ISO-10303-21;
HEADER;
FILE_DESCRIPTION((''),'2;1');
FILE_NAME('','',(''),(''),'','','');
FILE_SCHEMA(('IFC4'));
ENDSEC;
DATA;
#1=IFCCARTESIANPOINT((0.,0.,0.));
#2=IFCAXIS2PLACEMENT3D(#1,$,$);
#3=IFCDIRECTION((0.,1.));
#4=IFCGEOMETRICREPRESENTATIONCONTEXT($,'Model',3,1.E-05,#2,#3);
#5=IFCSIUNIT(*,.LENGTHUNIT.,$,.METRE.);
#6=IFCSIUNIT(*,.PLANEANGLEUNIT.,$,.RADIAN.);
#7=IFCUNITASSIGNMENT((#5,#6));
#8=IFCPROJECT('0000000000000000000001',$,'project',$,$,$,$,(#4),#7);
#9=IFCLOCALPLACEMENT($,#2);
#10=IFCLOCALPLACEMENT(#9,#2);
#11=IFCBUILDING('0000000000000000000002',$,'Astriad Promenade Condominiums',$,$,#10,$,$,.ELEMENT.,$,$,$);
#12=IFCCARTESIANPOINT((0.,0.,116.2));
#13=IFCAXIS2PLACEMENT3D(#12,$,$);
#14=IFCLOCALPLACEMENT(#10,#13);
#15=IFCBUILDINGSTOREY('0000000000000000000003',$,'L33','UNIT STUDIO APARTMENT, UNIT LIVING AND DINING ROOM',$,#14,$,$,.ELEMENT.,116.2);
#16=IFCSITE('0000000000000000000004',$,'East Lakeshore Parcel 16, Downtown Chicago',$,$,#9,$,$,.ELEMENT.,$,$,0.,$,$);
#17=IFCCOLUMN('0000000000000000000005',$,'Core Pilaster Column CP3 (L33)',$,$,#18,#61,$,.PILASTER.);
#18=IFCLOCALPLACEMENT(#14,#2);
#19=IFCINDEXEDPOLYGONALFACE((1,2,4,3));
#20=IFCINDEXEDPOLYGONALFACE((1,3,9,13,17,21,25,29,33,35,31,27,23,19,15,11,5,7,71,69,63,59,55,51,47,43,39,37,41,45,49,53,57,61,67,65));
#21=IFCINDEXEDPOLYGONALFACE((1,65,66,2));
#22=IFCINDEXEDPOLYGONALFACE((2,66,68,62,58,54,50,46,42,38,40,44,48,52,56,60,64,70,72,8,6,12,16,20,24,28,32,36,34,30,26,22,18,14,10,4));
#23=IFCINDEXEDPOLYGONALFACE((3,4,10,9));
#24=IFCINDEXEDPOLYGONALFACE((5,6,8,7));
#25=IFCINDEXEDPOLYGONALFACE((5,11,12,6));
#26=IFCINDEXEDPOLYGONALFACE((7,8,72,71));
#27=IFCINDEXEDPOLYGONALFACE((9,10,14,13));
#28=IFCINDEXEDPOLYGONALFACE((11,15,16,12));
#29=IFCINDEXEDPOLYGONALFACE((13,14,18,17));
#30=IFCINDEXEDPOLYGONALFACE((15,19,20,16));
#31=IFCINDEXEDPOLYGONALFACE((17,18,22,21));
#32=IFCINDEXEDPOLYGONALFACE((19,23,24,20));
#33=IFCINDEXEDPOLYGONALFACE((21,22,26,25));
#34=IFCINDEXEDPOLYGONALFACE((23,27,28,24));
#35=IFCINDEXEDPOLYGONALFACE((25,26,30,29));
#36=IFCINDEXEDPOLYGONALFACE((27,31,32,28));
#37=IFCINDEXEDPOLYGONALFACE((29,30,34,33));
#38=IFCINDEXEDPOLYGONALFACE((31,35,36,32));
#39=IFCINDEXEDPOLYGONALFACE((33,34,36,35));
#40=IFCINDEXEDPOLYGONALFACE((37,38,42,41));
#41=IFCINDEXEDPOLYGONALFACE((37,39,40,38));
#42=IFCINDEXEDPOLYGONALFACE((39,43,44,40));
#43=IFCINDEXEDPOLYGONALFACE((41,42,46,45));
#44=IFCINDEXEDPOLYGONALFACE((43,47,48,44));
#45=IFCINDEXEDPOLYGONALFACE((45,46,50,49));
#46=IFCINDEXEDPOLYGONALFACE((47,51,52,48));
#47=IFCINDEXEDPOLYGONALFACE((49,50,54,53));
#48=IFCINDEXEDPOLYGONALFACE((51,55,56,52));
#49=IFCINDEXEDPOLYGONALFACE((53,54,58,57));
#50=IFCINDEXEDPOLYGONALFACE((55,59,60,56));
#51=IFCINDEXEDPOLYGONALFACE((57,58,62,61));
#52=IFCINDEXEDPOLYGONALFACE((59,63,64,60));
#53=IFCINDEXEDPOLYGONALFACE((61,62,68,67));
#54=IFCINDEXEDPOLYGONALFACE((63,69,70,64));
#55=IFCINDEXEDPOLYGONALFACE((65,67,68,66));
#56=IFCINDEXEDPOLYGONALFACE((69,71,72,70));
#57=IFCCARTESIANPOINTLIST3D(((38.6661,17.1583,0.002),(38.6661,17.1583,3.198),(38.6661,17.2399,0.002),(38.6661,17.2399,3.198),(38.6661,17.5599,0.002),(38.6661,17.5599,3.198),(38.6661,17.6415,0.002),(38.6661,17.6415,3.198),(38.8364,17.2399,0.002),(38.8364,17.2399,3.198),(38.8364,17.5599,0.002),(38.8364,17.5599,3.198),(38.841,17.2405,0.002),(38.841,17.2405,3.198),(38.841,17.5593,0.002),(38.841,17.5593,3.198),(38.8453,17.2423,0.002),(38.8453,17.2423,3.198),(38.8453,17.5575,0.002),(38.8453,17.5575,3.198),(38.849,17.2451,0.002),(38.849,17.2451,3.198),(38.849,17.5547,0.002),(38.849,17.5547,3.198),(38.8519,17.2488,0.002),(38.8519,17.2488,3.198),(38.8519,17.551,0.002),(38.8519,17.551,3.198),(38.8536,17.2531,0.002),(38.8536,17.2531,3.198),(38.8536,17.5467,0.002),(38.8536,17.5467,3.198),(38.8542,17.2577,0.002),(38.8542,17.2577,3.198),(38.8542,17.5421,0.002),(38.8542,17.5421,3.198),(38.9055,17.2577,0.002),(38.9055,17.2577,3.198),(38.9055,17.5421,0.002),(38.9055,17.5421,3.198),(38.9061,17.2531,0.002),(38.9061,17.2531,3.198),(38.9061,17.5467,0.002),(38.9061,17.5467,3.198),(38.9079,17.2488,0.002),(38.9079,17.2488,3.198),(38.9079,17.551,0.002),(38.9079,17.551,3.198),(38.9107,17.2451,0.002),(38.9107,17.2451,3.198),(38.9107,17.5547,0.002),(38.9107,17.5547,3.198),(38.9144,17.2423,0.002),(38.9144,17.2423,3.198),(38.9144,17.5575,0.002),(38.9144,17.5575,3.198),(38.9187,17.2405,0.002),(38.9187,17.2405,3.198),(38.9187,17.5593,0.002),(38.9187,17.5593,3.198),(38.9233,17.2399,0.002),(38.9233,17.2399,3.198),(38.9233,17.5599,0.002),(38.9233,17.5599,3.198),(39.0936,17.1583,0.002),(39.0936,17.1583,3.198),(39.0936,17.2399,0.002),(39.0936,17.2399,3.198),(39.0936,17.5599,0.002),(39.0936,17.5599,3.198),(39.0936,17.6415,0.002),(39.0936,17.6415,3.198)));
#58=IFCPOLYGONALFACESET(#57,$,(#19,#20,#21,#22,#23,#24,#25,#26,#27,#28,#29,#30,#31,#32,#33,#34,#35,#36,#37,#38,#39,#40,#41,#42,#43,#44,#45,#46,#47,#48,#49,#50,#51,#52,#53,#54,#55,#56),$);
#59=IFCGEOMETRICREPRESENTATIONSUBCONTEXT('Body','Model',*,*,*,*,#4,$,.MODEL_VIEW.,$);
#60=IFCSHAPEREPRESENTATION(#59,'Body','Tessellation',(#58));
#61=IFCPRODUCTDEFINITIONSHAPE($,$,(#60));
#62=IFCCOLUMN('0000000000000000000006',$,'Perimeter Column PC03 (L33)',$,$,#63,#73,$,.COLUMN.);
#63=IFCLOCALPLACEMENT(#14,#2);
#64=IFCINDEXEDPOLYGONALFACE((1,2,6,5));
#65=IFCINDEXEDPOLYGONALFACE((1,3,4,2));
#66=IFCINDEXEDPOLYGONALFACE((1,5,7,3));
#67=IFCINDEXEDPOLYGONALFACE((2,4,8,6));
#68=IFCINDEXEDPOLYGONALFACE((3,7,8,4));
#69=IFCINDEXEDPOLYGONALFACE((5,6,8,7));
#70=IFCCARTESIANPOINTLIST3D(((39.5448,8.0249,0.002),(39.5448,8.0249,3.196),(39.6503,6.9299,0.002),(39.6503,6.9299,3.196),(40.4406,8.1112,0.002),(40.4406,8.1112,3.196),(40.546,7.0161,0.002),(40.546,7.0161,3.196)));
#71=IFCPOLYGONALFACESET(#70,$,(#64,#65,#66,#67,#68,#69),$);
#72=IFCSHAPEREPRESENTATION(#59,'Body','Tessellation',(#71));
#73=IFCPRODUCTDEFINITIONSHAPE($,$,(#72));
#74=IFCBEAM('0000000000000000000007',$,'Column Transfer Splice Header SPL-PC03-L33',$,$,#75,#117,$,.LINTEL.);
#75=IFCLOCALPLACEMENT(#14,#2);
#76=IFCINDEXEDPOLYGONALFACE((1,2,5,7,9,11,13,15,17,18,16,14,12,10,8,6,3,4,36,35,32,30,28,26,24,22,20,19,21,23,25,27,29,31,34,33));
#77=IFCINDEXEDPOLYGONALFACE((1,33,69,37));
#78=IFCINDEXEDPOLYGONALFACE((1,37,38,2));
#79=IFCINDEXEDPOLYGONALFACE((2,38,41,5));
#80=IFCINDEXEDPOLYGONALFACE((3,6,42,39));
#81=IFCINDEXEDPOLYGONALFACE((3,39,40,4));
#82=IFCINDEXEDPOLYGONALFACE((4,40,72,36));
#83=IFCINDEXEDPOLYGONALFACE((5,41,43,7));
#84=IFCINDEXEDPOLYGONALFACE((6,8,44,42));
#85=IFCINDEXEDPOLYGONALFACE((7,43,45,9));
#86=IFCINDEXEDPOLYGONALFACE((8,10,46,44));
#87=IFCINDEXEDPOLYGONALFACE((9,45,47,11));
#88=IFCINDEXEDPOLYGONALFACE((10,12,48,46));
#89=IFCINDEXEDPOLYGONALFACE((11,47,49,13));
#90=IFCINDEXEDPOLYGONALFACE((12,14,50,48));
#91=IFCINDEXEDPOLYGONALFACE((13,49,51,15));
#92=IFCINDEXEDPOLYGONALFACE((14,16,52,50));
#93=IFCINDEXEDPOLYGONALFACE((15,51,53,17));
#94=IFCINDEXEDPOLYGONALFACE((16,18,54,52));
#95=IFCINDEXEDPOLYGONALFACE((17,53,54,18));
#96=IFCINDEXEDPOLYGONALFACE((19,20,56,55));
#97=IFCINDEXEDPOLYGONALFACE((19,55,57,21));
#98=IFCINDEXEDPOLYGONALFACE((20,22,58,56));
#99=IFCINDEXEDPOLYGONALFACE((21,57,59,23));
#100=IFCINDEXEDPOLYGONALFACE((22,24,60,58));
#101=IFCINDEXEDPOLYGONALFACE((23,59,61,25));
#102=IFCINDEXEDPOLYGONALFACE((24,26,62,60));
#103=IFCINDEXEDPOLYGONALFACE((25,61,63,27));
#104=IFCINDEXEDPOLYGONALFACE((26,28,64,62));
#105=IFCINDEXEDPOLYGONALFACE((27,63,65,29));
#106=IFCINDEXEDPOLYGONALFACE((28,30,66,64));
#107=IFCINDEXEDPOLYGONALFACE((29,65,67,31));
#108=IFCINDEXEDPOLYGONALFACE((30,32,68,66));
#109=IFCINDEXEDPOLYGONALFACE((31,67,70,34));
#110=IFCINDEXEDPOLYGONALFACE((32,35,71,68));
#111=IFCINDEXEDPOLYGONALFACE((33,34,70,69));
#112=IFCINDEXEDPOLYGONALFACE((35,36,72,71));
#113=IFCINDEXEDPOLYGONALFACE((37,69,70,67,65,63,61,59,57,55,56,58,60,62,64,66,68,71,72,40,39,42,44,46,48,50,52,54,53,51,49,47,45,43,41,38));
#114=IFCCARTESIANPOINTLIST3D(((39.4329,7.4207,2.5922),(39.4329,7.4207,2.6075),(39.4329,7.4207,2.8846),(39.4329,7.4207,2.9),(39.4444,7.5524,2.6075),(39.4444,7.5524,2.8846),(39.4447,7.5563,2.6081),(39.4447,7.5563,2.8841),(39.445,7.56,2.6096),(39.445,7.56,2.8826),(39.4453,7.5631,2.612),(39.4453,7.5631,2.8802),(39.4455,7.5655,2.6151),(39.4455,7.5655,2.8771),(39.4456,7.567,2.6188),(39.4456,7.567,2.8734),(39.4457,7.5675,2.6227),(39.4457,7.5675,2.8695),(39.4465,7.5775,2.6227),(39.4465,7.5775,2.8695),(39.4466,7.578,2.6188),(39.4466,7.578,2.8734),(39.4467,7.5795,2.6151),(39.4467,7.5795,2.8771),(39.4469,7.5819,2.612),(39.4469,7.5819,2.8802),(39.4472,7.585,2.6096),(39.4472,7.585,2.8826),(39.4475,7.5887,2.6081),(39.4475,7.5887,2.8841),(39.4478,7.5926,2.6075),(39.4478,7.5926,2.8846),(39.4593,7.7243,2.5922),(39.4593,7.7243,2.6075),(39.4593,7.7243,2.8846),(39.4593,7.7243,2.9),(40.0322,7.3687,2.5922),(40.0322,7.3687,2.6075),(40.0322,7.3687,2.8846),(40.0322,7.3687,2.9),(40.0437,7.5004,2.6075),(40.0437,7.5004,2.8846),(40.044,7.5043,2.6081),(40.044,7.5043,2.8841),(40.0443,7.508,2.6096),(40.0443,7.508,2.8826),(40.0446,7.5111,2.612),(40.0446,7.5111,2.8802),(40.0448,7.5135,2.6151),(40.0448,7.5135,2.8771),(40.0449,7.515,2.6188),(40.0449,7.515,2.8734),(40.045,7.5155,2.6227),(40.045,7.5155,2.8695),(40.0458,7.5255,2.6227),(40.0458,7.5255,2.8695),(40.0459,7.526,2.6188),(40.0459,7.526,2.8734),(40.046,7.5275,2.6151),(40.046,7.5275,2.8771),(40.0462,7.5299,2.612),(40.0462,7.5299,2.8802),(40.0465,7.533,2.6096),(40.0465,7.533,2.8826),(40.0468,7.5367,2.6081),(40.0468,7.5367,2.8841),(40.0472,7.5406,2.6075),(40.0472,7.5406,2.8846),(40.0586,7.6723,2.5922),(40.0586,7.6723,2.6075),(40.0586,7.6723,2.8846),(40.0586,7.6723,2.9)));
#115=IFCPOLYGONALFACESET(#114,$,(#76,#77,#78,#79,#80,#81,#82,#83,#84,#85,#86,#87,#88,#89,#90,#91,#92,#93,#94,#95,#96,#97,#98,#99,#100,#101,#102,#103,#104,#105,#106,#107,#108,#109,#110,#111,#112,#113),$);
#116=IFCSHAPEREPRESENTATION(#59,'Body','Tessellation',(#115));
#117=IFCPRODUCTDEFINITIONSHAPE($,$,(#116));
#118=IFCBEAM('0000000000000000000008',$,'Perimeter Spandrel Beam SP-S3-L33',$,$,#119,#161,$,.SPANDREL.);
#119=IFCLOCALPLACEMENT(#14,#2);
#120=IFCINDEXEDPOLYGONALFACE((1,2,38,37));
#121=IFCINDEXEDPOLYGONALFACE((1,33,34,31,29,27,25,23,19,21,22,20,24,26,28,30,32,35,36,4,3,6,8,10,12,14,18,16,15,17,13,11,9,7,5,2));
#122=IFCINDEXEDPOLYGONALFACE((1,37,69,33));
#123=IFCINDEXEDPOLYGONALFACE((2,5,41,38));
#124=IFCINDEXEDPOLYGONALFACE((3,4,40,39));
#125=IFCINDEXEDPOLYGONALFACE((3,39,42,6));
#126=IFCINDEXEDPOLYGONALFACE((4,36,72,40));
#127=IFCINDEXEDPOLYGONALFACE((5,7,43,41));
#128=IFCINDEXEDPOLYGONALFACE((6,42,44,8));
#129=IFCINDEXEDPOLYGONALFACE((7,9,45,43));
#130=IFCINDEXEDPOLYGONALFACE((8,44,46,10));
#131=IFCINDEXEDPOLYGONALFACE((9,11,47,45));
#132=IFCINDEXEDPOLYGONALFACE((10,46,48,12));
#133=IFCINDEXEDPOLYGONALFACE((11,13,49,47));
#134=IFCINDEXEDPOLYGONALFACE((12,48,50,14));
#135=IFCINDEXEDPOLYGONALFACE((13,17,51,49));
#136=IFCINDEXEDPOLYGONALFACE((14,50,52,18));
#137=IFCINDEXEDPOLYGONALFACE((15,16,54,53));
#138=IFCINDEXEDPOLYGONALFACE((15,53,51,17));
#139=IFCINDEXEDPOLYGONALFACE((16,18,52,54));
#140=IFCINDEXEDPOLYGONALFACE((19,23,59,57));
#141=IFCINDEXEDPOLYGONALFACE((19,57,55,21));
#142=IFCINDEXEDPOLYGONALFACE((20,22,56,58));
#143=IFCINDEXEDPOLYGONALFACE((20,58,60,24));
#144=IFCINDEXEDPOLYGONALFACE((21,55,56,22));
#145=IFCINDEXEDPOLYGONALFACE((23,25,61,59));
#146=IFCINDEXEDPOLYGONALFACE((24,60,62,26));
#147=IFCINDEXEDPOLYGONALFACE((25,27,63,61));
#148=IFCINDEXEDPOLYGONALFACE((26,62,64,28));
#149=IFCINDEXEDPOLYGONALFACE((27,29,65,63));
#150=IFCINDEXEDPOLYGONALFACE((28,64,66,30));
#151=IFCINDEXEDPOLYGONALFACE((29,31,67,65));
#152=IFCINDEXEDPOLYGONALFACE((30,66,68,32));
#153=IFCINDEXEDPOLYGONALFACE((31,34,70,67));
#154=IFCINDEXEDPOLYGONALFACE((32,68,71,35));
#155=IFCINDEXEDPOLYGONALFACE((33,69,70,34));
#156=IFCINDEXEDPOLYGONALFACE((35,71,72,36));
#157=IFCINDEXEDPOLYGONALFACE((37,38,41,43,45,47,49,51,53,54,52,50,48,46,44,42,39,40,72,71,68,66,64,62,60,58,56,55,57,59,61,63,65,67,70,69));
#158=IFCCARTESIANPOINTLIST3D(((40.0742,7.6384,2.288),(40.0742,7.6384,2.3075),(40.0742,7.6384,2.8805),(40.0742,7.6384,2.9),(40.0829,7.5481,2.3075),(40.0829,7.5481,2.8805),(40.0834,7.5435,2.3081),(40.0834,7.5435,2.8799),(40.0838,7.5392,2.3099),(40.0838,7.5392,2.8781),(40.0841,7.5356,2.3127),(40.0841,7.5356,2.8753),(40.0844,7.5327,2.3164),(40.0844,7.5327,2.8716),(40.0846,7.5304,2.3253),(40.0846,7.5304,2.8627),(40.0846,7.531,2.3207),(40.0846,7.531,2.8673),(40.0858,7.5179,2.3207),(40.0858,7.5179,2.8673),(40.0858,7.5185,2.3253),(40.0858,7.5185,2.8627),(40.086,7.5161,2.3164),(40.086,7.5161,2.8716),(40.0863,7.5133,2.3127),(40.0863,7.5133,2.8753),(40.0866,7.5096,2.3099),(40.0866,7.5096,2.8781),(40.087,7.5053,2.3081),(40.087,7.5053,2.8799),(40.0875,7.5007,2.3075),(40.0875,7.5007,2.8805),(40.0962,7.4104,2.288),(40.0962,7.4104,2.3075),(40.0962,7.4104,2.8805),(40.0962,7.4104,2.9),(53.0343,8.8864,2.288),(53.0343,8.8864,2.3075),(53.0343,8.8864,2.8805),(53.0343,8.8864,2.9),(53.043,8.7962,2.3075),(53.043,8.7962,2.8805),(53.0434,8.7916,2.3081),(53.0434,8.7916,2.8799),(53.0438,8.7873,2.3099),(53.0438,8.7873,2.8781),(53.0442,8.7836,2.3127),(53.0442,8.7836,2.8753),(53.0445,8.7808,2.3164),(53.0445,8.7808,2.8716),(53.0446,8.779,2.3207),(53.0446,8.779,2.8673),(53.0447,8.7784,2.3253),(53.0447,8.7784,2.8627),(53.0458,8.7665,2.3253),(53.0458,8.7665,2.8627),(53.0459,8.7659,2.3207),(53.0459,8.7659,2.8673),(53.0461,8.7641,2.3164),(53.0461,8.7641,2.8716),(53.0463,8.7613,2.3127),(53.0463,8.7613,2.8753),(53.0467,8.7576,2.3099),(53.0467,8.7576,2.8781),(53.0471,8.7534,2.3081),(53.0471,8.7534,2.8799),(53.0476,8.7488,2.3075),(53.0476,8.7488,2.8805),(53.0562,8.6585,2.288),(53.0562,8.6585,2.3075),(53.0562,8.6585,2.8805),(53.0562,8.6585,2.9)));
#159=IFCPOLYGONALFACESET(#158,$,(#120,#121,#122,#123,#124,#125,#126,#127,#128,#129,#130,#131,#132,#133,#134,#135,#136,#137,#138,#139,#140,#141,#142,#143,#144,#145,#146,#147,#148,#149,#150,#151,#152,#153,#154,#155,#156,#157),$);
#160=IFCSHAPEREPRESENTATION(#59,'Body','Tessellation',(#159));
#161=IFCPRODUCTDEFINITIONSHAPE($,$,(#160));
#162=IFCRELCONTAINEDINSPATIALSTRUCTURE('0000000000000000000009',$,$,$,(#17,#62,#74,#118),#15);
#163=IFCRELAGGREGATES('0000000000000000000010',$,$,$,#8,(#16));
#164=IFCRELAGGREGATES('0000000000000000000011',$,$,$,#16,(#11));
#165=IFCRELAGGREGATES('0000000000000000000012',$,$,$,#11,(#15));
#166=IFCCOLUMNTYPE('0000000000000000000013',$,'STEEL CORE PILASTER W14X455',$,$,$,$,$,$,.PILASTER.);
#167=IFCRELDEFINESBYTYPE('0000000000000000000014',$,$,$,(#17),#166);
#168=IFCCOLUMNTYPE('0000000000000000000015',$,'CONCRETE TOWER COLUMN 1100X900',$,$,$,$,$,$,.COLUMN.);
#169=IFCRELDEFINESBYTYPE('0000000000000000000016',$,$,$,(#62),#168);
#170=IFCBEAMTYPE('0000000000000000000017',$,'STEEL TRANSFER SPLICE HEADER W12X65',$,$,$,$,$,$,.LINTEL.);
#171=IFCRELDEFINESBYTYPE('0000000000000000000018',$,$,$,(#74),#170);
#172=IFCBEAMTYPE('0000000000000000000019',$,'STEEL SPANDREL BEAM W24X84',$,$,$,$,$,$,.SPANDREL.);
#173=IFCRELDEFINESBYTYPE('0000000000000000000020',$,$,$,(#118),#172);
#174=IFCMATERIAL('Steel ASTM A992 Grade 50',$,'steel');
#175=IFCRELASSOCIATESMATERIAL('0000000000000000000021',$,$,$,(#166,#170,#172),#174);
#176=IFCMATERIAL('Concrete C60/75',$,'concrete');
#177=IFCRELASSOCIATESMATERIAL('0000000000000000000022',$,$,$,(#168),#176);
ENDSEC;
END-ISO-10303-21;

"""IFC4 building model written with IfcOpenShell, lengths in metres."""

from ifc_helpers import new_model, si_unit, direction, frame, origin, origin_2d, place, context, subcontext, project, spatial, rectangle, i_section, extrude, source, transform, mapped, material, material_profile, profile_set, type_object, type_shapes, element, save


model = new_model("IFC4")

# Units and contexts
model_context = context("Model", 3, precision=1e-05, world=origin(), true_north=direction((0.0, 1.0)))
body_context = subcontext(model_context, "Body", "Model", "MODEL_VIEW")
ifc_project = project(units=[si_unit("LENGTHUNIT", "METRE"), si_unit("PLANEANGLEUNIT", "RADIAN")], contexts=[model_context])

# Site, building, storey
site_placement = place(None, origin())
site = spatial("IfcSite", under=ifc_project, at=site_placement, Name="East Lakeshore Parcel 16, Downtown Chicago", CompositionType="ELEMENT", RefElevation=0.0)
building_placement = place(site_placement, origin())
building = spatial("IfcBuilding", under=site, at=building_placement, Name="Astriad Promenade Condominiums", CompositionType="ELEMENT")
storey_placement = place(building_placement, frame((0.0, 0.0, 116.2)))
storey = spatial("IfcBuildingStorey", under=building, at=storey_placement, Name="L33", Description="UNIT STUDIO APARTMENT, UNIT LIVING AND DINING ROOM", CompositionType="ELEMENT", Elevation=116.2)

# Columns
ifc_material_1 = material(Name="Steel ASTM A992 Grade 50", Category="steel")
ifc_material_profile_1 = material_profile(ifc_material_1, i_section(OverallWidth=0.4275, OverallDepth=0.4832, WebThickness=0.0513, FlangeThickness=0.0815, FilletRadius=0.0178, at=origin_2d()), Name="W14X455")
ifc_profile_set_1 = profile_set([ifc_material_profile_1], Name="Steel ASTM A992 Grade 50")
column_type_1 = type_object("IfcColumnType", Name="STEEL CORE PILASTER W14X455", PredefinedType="PILASTER", material=ifc_profile_set_1)
shared_shape_1 = source(origin(), body_context, "Body", "SweptSolid", [
    extrude(i_section(OverallWidth=0.4275, OverallDepth=0.4832, WebThickness=0.0513, FlangeThickness=0.0815, FilletRadius=0.0178, at=origin_2d()), origin(), (0.0, 0.0, 1.0), 3.196),
])
type_shapes(column_type_1, [shared_shape_1])
column_1_placement = place(storey_placement, frame((38.8799, 17.3999, 0.002), z_axis=(0.0, 0.0, 1.0), x_axis=(1.0, 0.0, 0.0)))
element("IfcColumn", 1, at=column_1_placement, inside=storey, type_object=column_type_1, Name="Core Pilaster Column CP3 (L33)", PredefinedType="PILASTER", context=body_context, shape_type="MappedRepresentation", body=[
    mapped(shared_shape_1, transform((0.0, 0.0, 0.0), scale=1.0)),
])
ifc_material_2 = material(Name="Concrete C60/75", Category="concrete")
ifc_material_profile_2 = material_profile(ifc_material_2, rectangle(XDim=0.8999, YDim=1.1001, at=origin_2d()), Name="RC-COL-1100X900")
ifc_profile_set_2 = profile_set([ifc_material_profile_2], Name="Concrete C60/75")
column_type_2 = type_object("IfcColumnType", Name="CONCRETE TOWER COLUMN 1100X900", PredefinedType="COLUMN", material=ifc_profile_set_2)
shared_shape_2 = source(origin(), body_context, "Body", "SweptSolid", [
    extrude(rectangle(XDim=0.8999, YDim=1.1001, at=origin_2d()), origin(), (0.0, 0.0, 1.0), 3.1941),
])
type_shapes(column_type_2, [shared_shape_2])
column_2_placement = place(storey_placement, frame((40.0454, 7.5205, 0.002), z_axis=(0.0, 0.0, 1.0), x_axis=(0.995396, 0.095846, 0.0)))
element("IfcColumn", 2, at=column_2_placement, inside=storey, type_object=column_type_2, Name="Perimeter Column PC03 (L33)", PredefinedType="COLUMN", context=body_context, shape_type="MappedRepresentation", body=[
    mapped(shared_shape_2, transform((0.0, 0.0, 0.0), scale=1.0)),
])

# Beams
ifc_material_profile_3 = material_profile(ifc_material_1, i_section(OverallWidth=0.3047, OverallDepth=0.3079, WebThickness=0.01, FlangeThickness=0.0154, FilletRadius=0.0151, at=origin_2d()), Name="W12X65")
ifc_profile_set_3 = profile_set([ifc_material_profile_3], Name="Steel ASTM A992 Grade 50")
beam_type_1 = type_object("IfcBeamType", Name="STEEL TRANSFER SPLICE HEADER W12X65", PredefinedType="LINTEL", material=ifc_profile_set_3)
shared_shape_3 = source(origin(), body_context, "Body", "SweptSolid", [
    extrude(i_section(OverallWidth=0.3047, OverallDepth=0.3079, WebThickness=0.01, FlangeThickness=0.0154, FilletRadius=0.0151, at=origin_2d()), origin(), (0.0, 0.0, 1.0), 0.6016),
])
type_shapes(beam_type_1, [shared_shape_3])
beam_1_placement = place(storey_placement, frame((40.0454, 7.5205, 2.7461), z_axis=(-0.996257, 0.086437, 0.0), x_axis=(-0.086437, -0.996257, 0.0)))
element("IfcBeam", 3, at=beam_1_placement, inside=storey, type_object=beam_type_1, Name="Column Transfer Splice Header SPL-PC03-L33", PredefinedType="LINTEL", context=body_context, shape_type="MappedRepresentation", body=[
    mapped(shared_shape_3, transform((0.0, 0.0, 0.0), scale=1.0)),
])
ifc_material_profile_4 = material_profile(ifc_material_1, i_section(OverallWidth=0.229, OverallDepth=0.6121, WebThickness=0.012, FlangeThickness=0.0195, FilletRadius=0.0178, at=origin_2d()), Name="W24X84")
ifc_profile_set_4 = profile_set([ifc_material_profile_4], Name="Steel ASTM A992 Grade 50")
beam_type_2 = type_object("IfcBeamType", Name="STEEL SPANDREL BEAM W24X84", PredefinedType="SPANDREL", material=ifc_profile_set_4)
shared_shape_4 = source(origin(), body_context, "Body", "SweptSolid", [
    extrude(i_section(OverallWidth=0.229, OverallDepth=0.6121, WebThickness=0.012, FlangeThickness=0.0195, FilletRadius=0.0178, at=origin_2d()), origin(), (0.0, 0.0, 1.0), 13.02),
])
type_shapes(beam_type_2, [shared_shape_4])
beam_2_placement = place(storey_placement, frame((40.0852, 7.5244, 2.594), z_axis=(0.995395, 0.095857, 0.0), x_axis=(-0.095857, 0.995395, 0.0)))
element("IfcBeam", 4, at=beam_2_placement, inside=storey, type_object=beam_type_2, Name="Perimeter Spandrel Beam SP-S3-L33", PredefinedType="SPANDREL", context=body_context, shape_type="MappedRepresentation", body=[
    mapped(shared_shape_4, transform((0.0, 0.0, 0.0), scale=1.0)),
])

save(model, "model.ifc")
